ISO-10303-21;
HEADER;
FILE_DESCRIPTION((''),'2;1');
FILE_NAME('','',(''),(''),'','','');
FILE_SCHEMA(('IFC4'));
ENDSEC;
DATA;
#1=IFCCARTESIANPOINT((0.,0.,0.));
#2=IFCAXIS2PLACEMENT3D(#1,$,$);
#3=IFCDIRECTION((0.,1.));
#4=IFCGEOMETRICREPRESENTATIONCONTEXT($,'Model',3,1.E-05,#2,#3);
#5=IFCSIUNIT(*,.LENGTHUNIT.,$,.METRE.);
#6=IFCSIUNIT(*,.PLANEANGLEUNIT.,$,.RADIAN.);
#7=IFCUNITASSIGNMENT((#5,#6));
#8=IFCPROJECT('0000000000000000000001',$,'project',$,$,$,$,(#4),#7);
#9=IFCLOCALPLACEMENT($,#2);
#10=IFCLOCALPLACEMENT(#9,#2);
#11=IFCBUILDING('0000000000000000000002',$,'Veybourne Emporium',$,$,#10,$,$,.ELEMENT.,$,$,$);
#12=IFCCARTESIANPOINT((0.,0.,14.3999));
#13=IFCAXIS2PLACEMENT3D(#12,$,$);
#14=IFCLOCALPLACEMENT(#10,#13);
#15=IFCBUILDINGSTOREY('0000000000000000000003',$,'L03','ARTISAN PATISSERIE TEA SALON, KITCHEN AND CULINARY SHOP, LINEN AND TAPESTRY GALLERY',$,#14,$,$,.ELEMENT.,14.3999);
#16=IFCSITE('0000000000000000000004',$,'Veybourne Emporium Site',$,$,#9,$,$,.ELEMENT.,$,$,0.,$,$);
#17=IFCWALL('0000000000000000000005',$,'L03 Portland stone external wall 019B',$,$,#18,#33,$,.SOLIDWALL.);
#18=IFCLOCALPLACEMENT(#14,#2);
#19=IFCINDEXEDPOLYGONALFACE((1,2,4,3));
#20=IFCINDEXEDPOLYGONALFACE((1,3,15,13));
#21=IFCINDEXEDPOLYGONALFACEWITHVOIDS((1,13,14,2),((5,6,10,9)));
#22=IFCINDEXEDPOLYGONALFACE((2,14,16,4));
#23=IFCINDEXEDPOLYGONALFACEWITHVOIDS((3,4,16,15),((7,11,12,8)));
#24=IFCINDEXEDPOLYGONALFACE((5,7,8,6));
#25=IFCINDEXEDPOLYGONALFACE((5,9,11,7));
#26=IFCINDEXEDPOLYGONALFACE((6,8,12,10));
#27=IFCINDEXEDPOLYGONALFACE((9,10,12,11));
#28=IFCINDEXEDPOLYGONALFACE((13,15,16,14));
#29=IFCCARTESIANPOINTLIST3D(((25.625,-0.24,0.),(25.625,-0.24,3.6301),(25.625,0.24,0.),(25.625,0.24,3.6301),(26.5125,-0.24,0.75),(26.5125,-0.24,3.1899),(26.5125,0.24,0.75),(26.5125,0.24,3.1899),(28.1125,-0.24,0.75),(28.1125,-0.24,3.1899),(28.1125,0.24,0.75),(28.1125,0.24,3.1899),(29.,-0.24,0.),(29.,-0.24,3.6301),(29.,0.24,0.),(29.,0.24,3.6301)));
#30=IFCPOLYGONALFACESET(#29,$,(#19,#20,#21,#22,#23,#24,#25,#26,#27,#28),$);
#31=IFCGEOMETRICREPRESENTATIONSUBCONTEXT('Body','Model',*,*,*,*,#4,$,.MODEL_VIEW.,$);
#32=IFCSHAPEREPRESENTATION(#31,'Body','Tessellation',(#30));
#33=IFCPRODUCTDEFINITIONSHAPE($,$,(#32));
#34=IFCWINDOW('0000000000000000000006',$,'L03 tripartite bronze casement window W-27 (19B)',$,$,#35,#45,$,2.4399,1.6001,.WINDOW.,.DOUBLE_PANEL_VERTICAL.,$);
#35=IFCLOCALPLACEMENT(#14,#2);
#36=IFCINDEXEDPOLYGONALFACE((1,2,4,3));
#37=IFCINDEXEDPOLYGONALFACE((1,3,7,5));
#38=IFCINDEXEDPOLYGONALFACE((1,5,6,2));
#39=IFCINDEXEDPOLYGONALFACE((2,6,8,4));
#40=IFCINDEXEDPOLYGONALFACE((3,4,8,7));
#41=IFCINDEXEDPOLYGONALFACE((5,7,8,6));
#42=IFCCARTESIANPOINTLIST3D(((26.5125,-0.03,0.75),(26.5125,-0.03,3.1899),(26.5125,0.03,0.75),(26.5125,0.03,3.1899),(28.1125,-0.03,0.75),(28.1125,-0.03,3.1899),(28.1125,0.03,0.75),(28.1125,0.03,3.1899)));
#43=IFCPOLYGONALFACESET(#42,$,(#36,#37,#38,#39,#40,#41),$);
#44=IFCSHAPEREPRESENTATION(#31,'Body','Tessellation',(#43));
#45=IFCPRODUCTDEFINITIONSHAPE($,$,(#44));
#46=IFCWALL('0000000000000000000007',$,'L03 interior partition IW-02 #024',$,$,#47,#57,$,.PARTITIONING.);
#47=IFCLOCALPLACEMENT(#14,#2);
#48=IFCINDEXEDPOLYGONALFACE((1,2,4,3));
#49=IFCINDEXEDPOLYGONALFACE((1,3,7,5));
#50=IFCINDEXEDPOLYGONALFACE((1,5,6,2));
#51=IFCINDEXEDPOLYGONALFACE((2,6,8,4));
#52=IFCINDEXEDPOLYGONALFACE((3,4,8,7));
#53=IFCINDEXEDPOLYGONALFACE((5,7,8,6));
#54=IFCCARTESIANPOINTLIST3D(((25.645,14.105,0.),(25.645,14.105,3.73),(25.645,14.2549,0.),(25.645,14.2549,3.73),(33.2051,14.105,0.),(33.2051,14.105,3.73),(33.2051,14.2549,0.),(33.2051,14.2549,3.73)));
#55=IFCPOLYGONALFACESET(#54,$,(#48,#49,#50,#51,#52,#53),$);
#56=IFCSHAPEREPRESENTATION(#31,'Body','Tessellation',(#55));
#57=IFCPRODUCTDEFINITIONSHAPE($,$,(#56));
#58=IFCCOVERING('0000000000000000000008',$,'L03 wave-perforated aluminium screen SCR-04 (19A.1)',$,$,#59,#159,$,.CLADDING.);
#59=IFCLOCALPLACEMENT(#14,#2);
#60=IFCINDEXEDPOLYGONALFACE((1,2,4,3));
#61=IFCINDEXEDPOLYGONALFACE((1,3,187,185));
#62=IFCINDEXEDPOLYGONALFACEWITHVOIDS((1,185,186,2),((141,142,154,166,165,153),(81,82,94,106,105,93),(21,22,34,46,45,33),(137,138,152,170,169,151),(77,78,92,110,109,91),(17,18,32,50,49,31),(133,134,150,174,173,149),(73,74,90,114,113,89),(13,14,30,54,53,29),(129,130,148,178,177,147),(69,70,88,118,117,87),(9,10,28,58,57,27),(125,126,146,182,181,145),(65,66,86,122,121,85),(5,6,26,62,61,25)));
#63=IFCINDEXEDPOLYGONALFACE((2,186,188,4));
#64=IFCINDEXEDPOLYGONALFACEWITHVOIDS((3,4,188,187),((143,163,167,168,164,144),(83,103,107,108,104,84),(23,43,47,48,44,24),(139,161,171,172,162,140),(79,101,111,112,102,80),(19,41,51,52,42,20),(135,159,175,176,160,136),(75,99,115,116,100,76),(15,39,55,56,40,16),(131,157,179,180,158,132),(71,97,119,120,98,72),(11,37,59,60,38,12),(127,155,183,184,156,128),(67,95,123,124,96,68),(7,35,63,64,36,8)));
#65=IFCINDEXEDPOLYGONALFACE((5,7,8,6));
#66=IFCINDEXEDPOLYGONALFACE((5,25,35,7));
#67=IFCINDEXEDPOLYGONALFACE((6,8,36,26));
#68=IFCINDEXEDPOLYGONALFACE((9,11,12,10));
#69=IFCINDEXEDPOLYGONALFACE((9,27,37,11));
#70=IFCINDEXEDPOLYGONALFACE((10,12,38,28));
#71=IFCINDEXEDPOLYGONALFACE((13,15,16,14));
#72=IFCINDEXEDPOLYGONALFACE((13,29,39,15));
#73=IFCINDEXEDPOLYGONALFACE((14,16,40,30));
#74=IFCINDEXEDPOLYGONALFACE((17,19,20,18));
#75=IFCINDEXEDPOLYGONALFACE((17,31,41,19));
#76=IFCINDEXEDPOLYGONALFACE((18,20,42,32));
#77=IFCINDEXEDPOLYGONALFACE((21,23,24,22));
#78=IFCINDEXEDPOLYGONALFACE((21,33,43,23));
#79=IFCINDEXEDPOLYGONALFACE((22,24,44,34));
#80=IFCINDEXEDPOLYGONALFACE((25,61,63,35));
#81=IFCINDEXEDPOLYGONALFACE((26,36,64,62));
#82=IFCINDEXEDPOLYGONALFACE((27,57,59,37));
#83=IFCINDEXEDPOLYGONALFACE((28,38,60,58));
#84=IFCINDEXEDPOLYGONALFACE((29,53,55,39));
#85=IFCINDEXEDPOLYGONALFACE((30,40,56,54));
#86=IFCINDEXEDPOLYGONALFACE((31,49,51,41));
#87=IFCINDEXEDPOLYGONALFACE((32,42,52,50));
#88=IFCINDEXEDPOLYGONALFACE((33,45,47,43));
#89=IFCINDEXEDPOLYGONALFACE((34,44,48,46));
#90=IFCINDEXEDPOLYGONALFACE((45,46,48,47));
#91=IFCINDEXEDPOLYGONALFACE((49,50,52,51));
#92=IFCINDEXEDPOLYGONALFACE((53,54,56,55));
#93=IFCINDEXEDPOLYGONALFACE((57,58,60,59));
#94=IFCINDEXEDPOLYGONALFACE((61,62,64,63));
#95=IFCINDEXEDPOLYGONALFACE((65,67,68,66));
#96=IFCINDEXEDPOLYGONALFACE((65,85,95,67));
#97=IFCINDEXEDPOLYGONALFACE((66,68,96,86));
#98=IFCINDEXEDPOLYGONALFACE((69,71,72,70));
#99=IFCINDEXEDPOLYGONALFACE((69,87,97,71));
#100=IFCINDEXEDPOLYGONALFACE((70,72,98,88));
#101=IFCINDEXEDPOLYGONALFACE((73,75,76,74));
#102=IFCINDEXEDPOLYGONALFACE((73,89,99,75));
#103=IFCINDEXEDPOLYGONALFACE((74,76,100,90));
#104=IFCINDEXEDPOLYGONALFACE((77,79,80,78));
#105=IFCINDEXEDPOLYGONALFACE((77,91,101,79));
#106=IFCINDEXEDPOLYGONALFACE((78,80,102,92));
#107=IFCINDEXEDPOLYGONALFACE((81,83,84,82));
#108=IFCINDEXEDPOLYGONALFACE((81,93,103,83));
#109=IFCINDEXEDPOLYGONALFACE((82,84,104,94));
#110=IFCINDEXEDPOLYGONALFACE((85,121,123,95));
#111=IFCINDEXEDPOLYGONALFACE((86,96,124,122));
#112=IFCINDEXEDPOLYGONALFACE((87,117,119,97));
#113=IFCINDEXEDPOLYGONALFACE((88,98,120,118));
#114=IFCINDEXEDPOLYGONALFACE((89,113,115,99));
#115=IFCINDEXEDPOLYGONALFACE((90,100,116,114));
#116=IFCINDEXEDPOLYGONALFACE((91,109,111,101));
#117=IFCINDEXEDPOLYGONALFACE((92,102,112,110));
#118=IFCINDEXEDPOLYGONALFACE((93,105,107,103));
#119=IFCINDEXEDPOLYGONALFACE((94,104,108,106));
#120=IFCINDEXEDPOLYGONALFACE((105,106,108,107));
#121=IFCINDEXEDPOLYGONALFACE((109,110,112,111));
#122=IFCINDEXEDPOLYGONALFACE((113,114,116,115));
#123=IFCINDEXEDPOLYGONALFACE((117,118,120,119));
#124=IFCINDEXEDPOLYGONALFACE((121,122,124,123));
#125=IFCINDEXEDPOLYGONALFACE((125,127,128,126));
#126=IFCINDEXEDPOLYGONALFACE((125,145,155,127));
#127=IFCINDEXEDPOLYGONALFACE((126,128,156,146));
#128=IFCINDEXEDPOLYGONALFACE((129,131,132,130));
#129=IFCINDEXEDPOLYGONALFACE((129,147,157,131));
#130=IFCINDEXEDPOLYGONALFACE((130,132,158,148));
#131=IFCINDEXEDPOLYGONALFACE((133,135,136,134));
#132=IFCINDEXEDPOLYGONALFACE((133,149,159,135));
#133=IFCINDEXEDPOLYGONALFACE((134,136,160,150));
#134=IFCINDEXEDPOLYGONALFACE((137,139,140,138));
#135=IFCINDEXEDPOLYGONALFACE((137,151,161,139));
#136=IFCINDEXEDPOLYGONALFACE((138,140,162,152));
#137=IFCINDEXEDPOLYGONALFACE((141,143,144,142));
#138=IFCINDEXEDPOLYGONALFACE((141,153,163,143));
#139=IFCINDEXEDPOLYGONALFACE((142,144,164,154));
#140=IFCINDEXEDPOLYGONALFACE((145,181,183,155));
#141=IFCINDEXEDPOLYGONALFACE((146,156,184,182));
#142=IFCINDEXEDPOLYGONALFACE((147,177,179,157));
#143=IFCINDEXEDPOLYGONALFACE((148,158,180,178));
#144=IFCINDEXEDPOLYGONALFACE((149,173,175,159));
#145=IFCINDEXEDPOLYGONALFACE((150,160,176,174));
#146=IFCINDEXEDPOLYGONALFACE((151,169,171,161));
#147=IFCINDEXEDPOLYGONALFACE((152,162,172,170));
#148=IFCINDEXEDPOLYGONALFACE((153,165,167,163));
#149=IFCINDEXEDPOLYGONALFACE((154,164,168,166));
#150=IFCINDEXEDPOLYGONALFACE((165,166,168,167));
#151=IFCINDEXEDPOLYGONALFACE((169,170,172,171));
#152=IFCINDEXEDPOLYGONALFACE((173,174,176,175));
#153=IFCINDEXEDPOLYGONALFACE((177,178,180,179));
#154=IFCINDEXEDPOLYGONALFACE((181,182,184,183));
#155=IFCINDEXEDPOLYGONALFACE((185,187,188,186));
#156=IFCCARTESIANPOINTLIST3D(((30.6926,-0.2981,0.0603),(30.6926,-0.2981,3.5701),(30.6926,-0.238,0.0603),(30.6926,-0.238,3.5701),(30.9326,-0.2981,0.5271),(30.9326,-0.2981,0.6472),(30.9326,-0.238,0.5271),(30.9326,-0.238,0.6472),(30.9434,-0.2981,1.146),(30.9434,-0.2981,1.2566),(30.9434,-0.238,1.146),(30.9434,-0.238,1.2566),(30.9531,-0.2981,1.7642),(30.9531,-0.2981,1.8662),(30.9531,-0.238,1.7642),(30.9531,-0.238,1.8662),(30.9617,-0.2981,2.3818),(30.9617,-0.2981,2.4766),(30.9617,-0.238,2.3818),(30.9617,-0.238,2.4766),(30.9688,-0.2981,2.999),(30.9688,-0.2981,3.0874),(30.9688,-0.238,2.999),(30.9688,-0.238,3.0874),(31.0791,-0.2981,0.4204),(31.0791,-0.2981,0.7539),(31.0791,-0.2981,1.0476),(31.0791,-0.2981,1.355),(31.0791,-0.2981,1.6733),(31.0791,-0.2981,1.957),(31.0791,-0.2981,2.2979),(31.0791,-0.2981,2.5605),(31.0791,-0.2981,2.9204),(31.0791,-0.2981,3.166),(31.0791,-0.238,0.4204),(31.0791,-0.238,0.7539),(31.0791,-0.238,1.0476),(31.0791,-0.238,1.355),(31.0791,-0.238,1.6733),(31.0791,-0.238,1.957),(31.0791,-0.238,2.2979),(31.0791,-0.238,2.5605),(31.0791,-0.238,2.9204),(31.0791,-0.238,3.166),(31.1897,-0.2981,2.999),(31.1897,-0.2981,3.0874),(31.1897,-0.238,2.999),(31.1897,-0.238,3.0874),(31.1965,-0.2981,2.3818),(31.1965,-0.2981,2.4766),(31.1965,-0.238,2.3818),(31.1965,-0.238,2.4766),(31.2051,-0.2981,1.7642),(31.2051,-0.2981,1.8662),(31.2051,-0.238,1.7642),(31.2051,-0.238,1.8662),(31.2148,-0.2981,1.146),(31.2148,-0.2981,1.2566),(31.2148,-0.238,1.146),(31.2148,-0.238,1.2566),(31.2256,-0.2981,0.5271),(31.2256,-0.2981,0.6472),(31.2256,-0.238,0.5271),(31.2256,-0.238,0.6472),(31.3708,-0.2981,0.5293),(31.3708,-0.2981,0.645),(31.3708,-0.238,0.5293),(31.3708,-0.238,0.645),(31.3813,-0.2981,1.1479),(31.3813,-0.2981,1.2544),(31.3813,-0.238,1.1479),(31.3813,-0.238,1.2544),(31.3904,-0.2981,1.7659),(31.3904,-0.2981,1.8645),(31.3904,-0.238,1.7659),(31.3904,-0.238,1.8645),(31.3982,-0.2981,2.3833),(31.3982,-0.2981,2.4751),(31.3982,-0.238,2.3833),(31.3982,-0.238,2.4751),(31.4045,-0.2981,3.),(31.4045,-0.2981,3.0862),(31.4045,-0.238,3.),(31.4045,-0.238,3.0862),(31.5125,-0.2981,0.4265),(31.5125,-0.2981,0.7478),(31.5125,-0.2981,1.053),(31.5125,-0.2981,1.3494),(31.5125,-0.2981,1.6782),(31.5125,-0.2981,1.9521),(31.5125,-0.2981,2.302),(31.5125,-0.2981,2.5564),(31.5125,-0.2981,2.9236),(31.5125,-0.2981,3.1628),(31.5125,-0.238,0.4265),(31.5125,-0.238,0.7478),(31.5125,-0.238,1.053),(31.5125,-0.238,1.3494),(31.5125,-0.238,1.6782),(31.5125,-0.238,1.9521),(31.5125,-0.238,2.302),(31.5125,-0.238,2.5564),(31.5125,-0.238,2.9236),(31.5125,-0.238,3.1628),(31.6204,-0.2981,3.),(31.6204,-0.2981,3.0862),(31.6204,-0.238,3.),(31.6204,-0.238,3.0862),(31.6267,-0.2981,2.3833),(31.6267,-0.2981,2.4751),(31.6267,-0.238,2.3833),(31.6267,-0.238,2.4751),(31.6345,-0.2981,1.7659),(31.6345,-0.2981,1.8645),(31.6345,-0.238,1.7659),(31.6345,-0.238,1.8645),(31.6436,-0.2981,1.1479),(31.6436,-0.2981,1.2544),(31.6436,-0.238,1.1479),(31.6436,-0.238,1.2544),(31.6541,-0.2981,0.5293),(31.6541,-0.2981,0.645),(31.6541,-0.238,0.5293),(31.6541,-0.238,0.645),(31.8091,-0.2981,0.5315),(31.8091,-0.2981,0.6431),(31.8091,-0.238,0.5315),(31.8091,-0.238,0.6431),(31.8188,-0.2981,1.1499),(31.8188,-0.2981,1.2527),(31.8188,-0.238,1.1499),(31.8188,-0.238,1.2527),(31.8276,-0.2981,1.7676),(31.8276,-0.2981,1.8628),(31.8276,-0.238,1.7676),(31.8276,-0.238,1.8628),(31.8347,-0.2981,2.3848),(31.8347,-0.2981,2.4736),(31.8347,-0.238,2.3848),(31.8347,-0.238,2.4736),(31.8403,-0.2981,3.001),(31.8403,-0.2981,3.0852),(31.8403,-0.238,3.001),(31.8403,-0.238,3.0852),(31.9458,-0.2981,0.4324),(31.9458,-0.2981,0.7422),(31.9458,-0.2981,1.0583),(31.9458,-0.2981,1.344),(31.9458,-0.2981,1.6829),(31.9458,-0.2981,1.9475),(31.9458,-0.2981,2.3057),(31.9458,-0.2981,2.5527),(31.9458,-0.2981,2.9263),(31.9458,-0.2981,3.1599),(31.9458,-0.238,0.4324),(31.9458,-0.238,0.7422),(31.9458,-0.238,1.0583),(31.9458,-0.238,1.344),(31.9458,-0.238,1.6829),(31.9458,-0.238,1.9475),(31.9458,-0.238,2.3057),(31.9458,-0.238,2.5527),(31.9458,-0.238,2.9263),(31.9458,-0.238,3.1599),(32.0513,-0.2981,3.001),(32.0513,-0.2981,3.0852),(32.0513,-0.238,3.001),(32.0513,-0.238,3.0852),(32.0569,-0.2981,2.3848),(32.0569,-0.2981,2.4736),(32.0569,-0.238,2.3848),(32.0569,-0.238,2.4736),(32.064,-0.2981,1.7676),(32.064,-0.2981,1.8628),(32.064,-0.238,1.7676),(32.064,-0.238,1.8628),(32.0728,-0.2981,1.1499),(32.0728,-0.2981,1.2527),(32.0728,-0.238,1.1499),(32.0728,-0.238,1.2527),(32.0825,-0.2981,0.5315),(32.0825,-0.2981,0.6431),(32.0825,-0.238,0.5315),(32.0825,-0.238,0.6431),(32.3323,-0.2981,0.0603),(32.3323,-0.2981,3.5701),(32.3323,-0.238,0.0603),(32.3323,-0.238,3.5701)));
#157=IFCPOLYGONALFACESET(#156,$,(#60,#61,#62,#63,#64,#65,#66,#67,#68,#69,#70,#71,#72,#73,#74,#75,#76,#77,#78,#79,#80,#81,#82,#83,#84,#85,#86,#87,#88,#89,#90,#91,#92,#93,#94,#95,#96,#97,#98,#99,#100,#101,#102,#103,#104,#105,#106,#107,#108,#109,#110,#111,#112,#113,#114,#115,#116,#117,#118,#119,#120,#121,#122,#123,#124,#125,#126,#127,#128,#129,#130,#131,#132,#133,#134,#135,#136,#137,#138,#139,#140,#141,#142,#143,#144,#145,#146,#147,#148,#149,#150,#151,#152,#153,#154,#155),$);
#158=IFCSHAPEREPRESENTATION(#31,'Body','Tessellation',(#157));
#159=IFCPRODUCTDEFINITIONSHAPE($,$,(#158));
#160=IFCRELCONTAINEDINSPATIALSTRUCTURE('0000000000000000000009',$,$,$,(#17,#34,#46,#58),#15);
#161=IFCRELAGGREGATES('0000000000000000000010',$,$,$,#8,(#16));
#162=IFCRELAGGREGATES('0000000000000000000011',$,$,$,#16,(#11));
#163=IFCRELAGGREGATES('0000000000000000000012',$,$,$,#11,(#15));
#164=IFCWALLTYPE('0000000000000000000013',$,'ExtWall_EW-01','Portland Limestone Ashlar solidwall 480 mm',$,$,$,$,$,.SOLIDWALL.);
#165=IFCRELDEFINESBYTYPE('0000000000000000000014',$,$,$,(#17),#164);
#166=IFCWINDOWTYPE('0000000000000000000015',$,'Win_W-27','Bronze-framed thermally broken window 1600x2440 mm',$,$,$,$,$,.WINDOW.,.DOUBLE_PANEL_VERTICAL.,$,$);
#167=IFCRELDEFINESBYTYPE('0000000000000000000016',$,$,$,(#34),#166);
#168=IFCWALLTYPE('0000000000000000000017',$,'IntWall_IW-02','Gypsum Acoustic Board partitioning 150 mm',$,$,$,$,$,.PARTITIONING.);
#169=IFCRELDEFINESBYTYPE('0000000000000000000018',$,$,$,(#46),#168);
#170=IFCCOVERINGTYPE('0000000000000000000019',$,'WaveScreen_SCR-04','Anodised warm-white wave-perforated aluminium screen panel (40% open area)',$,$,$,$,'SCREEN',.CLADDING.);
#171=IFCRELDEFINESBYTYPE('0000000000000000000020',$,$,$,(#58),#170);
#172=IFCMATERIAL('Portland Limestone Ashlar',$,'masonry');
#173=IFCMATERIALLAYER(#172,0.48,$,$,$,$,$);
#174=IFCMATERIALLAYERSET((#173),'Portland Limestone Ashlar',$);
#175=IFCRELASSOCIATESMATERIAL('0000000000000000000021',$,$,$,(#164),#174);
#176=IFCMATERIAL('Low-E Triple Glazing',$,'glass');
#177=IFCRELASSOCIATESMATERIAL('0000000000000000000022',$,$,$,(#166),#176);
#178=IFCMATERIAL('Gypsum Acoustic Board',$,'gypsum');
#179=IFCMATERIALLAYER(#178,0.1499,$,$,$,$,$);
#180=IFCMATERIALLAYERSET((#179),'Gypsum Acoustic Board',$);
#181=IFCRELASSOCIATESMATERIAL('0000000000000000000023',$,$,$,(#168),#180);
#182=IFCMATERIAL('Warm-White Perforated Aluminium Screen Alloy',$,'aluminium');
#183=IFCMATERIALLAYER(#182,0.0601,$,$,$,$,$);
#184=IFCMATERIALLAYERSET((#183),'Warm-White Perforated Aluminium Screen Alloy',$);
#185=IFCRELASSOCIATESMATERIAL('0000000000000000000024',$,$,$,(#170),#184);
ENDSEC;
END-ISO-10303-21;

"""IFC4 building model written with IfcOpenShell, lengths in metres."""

from ifc_helpers import new_model, si_unit, direction, frame, frame_2d, origin, place, context, subcontext, project, spatial, polyline, rectangle, outline, extrude, material, layer, layer_set, type_object, element, fill, save


model = new_model("IFC4")

# Units and contexts
model_context = context("Model", 3, precision=1e-05, world=origin(), true_north=direction((0.0, 1.0)))
body_context = subcontext(model_context, "Body", "Model", "MODEL_VIEW")
ifc_project = project(units=[si_unit("LENGTHUNIT", "METRE"), si_unit("PLANEANGLEUNIT", "RADIAN")], contexts=[model_context])

# Site, building, storey
site_placement = place(None, origin())
site = spatial("IfcSite", under=ifc_project, at=site_placement, Name="Veybourne Emporium Site", CompositionType="ELEMENT", RefElevation=0.0)
building_placement = place(site_placement, origin())
building = spatial("IfcBuilding", under=site, at=building_placement, Name="Veybourne Emporium", CompositionType="ELEMENT")
storey_placement = place(building_placement, frame((0.0, 0.0, 14.3999)))
storey = spatial("IfcBuildingStorey", under=building, at=storey_placement, Name="L03", Description="ARTISAN PATISSERIE TEA SALON, KITCHEN AND CULINARY SHOP, LINEN AND TAPESTRY GALLERY", CompositionType="ELEMENT", Elevation=14.3999)

# Wall, opening, window
ifc_material_1 = material(Name="Portland Limestone Ashlar", Category="masonry")
ifc_layer_1 = layer(ifc_material_1, 0.48)
ifc_layer_set_1 = layer_set([ifc_layer_1], Name="Portland Limestone Ashlar")
wall_type_1 = type_object("IfcWallType", Name="ExtWall_EW-01", Description="Portland Limestone Ashlar solidwall 480 mm", PredefinedType="SOLIDWALL", material=ifc_layer_set_1)
ifc_material_2 = material(Name="Low-E Triple Glazing", Category="glass")
wall_1_placement = place(storey_placement, frame((29.0, 0.0, 0.0), z_axis=(0.0, 0.0, 1.0), x_axis=(-1.0, 0.0, 0.0)))
wall_1 = element("IfcWall", 1, at=wall_1_placement, inside=storey, type_object=wall_type_1, Name="L03 Portland stone external wall 019B", PredefinedType="SOLIDWALL", context=body_context, shape_type="SweptSolid", body=[
    extrude(rectangle(XDim=3.375, YDim=0.48, at=frame_2d((1.6875, 0.0))), origin(), (0.0, 0.0, 1.0), 3.6301),
])
opening_1_placement = place(wall_1_placement, frame((0.8875, 0.0, 0.75)))
opening_1 = element("IfcOpeningElement", 2, at=opening_1_placement, cuts=wall_1, PredefinedType="OPENING", context=body_context, shape_type="SweptSolid", body=[
    extrude(rectangle(XDim=1.6001, YDim=2.4399, at=frame_2d((0.8, 1.22))), frame((0.0, 0.26, 0.0), z_axis=(0.0, -1.0, 0.0), x_axis=(1.0, 0.0, 0.0)), (0.0, 0.0, 1.0), 0.52),
])
window_type_1 = type_object("IfcWindowType", Name="Win_W-27", Description="Bronze-framed thermally broken window 1600x2440 mm", PartitioningType="DOUBLE_PANEL_VERTICAL", PredefinedType="WINDOW", material=ifc_material_2)
window_1_placement = place(opening_1_placement, origin())
window_1 = element("IfcWindow", 3, at=window_1_placement, inside=storey, type_object=window_type_1, Name="L03 tripartite bronze casement window W-27 (19B)", OverallHeight=2.4399, OverallWidth=1.6001, PartitioningType="DOUBLE_PANEL_VERTICAL", PredefinedType="WINDOW", context=body_context, shape_type="SweptSolid", body=[
    extrude(rectangle(XDim=1.6001, YDim=2.4399, at=frame_2d((0.8, 1.22))), frame((0.0, 0.03, 0.0), z_axis=(0.0, -1.0, 0.0), x_axis=(1.0, 0.0, 0.0)), (0.0, 0.0, 1.0), 0.0601),
])
fill(opening_1, window_1)

# Wall
ifc_material_3 = material(Name="Gypsum Acoustic Board", Category="gypsum")
ifc_layer_2 = layer(ifc_material_3, 0.1499)
ifc_layer_set_2 = layer_set([ifc_layer_2], Name="Gypsum Acoustic Board")
wall_type_2 = type_object("IfcWallType", Name="IntWall_IW-02", Description="Gypsum Acoustic Board partitioning 150 mm", PredefinedType="PARTITIONING", material=ifc_layer_set_2)
wall_2_placement = place(storey_placement, frame((25.645, 14.1799, 0.0), z_axis=(0.0, 0.0, 1.0), x_axis=(1.0, 0.0, 0.0)))
element("IfcWall", 4, at=wall_2_placement, inside=storey, type_object=wall_type_2, Name="L03 interior partition IW-02 #024", PredefinedType="PARTITIONING", context=body_context, shape_type="SweptSolid", body=[
    extrude(rectangle(XDim=7.5601, YDim=0.1499, at=frame_2d((3.78, 0.0))), origin(), (0.0, 0.0, 1.0), 3.73),
])

# Covering
ifc_material_4 = material(Name="Warm-White Perforated Aluminium Screen Alloy", Category="aluminium")
ifc_layer_3 = layer(ifc_material_4, 0.0601)
ifc_layer_set_3 = layer_set([ifc_layer_3], Name="Warm-White Perforated Aluminium Screen Alloy")
covering_type = type_object("IfcCoveringType", Name="WaveScreen_SCR-04", Description="Anodised warm-white wave-perforated aluminium screen panel (40% open area)", ElementType="SCREEN", PredefinedType="CLADDING", material=ifc_layer_set_3)
covering_1_placement = place(storey_placement, frame((31.5125, -0.2981, 1.8152), z_axis=(0.0, 1.0, 0.0), x_axis=(-1.0, 0.0, 0.0)))
element("IfcCovering", 5, at=covering_1_placement, inside=storey, type_object=covering_type, Name="L03 wave-perforated aluminium screen SCR-04 (19A.1)", PredefinedType="CLADDING", context=body_context, shape_type="SweptSolid", body=[
    extrude(outline(polyline([(-0.8198, -1.7549), (0.8198, -1.7549), (0.8198, 1.7549), (-0.8198, 1.7549), (-0.8198, -1.7549)]), holes=[polyline([(-0.4333, -1.073), (-0.2966, -1.1721), (-0.2966, -1.2837), (-0.4333, -1.3828), (-0.5701, -1.2837), (-0.5701, -1.1721), (-0.4333, -1.073)]), polyline([(-0.4333, -0.4712), (-0.3064, -0.5625), (-0.3064, -0.6653), (-0.4333, -0.7568), (-0.5603, -0.6653), (-0.5603, -0.5625), (-0.4333, -0.4712)]), polyline([(-0.4333, 0.1323), (-0.3152, 0.0476), (-0.3152, -0.0476), (-0.4333, -0.1323), (-0.5515, -0.0476), (-0.5515, 0.0476), (-0.4333, 0.1323)]), polyline([(-0.4333, 0.7375), (-0.3223, 0.6584), (-0.3223, 0.5696), (-0.4333, 0.4905), (-0.5444, 0.5696), (-0.5444, 0.6584), (-0.4333, 0.7375)]), polyline([(-0.4333, 1.3447), (-0.3279, 1.27), (-0.3279, 1.1858), (-0.4333, 1.1111), (-0.5388, 1.1858), (-0.5388, 1.27), (-0.4333, 1.3447)]), polyline([(0.0, -1.0674), (0.1416, -1.1702), (0.1416, -1.2859), (0.0, -1.3887), (-0.1416, -1.2859), (-0.1416, -1.1702), (0.0, -1.0674)]), polyline([(0.0, -0.4658), (0.1311, -0.5608), (0.1311, -0.6672), (0.0, -0.7622), (-0.1311, -0.6672), (-0.1311, -0.5608), (0.0, -0.4658)]), polyline([(0.0, 0.137), (0.1221, 0.0493), (0.1221, -0.0493), (0.0, -0.137), (-0.1221, -0.0493), (-0.1221, 0.0493), (0.0, 0.137)]), polyline([(0.0, 0.7412), (0.1143, 0.6599), (0.1143, 0.5681), (0.0, 0.4868), (-0.1143, 0.5681), (-0.1143, 0.6599), (0.0, 0.7412)]), polyline([(0.0, 1.3477), (0.1079, 1.271), (0.1079, 1.1848), (0.0, 1.1084), (-0.1079, 1.1848), (-0.1079, 1.271), (0.0, 1.3477)]), polyline([(0.4333, -1.0613), (0.5798, -1.168), (0.5798, -1.2881), (0.4333, -1.3948), (0.2869, -1.2881), (0.2869, -1.168), (0.4333, -1.0613)]), polyline([(0.4333, -0.4602), (0.5691, -0.5586), (0.5691, -0.6692), (0.4333, -0.7676), (0.2976, -0.6692), (0.2976, -0.5586), (0.4333, -0.4602)]), polyline([(0.4333, 0.1418), (0.5593, 0.051), (0.5593, -0.051), (0.4333, -0.1418), (0.3074, -0.051), (0.3074, 0.051), (0.4333, 0.1418)]), polyline([(0.4333, 0.7454), (0.5508, 0.6614), (0.5508, 0.5667), (0.4333, 0.4827), (0.3159, 0.5667), (0.3159, 0.6614), (0.4333, 0.7454)]), polyline([(0.4333, 1.3508), (0.5437, 1.2722), (0.5437, 1.1838), (0.4333, 1.1052), (0.3228, 1.1838), (0.3228, 1.2722), (0.4333, 1.3508)])]), origin(), (0.0, 0.0, 1.0), 0.0601),
])

save(model, "model.ifc")
